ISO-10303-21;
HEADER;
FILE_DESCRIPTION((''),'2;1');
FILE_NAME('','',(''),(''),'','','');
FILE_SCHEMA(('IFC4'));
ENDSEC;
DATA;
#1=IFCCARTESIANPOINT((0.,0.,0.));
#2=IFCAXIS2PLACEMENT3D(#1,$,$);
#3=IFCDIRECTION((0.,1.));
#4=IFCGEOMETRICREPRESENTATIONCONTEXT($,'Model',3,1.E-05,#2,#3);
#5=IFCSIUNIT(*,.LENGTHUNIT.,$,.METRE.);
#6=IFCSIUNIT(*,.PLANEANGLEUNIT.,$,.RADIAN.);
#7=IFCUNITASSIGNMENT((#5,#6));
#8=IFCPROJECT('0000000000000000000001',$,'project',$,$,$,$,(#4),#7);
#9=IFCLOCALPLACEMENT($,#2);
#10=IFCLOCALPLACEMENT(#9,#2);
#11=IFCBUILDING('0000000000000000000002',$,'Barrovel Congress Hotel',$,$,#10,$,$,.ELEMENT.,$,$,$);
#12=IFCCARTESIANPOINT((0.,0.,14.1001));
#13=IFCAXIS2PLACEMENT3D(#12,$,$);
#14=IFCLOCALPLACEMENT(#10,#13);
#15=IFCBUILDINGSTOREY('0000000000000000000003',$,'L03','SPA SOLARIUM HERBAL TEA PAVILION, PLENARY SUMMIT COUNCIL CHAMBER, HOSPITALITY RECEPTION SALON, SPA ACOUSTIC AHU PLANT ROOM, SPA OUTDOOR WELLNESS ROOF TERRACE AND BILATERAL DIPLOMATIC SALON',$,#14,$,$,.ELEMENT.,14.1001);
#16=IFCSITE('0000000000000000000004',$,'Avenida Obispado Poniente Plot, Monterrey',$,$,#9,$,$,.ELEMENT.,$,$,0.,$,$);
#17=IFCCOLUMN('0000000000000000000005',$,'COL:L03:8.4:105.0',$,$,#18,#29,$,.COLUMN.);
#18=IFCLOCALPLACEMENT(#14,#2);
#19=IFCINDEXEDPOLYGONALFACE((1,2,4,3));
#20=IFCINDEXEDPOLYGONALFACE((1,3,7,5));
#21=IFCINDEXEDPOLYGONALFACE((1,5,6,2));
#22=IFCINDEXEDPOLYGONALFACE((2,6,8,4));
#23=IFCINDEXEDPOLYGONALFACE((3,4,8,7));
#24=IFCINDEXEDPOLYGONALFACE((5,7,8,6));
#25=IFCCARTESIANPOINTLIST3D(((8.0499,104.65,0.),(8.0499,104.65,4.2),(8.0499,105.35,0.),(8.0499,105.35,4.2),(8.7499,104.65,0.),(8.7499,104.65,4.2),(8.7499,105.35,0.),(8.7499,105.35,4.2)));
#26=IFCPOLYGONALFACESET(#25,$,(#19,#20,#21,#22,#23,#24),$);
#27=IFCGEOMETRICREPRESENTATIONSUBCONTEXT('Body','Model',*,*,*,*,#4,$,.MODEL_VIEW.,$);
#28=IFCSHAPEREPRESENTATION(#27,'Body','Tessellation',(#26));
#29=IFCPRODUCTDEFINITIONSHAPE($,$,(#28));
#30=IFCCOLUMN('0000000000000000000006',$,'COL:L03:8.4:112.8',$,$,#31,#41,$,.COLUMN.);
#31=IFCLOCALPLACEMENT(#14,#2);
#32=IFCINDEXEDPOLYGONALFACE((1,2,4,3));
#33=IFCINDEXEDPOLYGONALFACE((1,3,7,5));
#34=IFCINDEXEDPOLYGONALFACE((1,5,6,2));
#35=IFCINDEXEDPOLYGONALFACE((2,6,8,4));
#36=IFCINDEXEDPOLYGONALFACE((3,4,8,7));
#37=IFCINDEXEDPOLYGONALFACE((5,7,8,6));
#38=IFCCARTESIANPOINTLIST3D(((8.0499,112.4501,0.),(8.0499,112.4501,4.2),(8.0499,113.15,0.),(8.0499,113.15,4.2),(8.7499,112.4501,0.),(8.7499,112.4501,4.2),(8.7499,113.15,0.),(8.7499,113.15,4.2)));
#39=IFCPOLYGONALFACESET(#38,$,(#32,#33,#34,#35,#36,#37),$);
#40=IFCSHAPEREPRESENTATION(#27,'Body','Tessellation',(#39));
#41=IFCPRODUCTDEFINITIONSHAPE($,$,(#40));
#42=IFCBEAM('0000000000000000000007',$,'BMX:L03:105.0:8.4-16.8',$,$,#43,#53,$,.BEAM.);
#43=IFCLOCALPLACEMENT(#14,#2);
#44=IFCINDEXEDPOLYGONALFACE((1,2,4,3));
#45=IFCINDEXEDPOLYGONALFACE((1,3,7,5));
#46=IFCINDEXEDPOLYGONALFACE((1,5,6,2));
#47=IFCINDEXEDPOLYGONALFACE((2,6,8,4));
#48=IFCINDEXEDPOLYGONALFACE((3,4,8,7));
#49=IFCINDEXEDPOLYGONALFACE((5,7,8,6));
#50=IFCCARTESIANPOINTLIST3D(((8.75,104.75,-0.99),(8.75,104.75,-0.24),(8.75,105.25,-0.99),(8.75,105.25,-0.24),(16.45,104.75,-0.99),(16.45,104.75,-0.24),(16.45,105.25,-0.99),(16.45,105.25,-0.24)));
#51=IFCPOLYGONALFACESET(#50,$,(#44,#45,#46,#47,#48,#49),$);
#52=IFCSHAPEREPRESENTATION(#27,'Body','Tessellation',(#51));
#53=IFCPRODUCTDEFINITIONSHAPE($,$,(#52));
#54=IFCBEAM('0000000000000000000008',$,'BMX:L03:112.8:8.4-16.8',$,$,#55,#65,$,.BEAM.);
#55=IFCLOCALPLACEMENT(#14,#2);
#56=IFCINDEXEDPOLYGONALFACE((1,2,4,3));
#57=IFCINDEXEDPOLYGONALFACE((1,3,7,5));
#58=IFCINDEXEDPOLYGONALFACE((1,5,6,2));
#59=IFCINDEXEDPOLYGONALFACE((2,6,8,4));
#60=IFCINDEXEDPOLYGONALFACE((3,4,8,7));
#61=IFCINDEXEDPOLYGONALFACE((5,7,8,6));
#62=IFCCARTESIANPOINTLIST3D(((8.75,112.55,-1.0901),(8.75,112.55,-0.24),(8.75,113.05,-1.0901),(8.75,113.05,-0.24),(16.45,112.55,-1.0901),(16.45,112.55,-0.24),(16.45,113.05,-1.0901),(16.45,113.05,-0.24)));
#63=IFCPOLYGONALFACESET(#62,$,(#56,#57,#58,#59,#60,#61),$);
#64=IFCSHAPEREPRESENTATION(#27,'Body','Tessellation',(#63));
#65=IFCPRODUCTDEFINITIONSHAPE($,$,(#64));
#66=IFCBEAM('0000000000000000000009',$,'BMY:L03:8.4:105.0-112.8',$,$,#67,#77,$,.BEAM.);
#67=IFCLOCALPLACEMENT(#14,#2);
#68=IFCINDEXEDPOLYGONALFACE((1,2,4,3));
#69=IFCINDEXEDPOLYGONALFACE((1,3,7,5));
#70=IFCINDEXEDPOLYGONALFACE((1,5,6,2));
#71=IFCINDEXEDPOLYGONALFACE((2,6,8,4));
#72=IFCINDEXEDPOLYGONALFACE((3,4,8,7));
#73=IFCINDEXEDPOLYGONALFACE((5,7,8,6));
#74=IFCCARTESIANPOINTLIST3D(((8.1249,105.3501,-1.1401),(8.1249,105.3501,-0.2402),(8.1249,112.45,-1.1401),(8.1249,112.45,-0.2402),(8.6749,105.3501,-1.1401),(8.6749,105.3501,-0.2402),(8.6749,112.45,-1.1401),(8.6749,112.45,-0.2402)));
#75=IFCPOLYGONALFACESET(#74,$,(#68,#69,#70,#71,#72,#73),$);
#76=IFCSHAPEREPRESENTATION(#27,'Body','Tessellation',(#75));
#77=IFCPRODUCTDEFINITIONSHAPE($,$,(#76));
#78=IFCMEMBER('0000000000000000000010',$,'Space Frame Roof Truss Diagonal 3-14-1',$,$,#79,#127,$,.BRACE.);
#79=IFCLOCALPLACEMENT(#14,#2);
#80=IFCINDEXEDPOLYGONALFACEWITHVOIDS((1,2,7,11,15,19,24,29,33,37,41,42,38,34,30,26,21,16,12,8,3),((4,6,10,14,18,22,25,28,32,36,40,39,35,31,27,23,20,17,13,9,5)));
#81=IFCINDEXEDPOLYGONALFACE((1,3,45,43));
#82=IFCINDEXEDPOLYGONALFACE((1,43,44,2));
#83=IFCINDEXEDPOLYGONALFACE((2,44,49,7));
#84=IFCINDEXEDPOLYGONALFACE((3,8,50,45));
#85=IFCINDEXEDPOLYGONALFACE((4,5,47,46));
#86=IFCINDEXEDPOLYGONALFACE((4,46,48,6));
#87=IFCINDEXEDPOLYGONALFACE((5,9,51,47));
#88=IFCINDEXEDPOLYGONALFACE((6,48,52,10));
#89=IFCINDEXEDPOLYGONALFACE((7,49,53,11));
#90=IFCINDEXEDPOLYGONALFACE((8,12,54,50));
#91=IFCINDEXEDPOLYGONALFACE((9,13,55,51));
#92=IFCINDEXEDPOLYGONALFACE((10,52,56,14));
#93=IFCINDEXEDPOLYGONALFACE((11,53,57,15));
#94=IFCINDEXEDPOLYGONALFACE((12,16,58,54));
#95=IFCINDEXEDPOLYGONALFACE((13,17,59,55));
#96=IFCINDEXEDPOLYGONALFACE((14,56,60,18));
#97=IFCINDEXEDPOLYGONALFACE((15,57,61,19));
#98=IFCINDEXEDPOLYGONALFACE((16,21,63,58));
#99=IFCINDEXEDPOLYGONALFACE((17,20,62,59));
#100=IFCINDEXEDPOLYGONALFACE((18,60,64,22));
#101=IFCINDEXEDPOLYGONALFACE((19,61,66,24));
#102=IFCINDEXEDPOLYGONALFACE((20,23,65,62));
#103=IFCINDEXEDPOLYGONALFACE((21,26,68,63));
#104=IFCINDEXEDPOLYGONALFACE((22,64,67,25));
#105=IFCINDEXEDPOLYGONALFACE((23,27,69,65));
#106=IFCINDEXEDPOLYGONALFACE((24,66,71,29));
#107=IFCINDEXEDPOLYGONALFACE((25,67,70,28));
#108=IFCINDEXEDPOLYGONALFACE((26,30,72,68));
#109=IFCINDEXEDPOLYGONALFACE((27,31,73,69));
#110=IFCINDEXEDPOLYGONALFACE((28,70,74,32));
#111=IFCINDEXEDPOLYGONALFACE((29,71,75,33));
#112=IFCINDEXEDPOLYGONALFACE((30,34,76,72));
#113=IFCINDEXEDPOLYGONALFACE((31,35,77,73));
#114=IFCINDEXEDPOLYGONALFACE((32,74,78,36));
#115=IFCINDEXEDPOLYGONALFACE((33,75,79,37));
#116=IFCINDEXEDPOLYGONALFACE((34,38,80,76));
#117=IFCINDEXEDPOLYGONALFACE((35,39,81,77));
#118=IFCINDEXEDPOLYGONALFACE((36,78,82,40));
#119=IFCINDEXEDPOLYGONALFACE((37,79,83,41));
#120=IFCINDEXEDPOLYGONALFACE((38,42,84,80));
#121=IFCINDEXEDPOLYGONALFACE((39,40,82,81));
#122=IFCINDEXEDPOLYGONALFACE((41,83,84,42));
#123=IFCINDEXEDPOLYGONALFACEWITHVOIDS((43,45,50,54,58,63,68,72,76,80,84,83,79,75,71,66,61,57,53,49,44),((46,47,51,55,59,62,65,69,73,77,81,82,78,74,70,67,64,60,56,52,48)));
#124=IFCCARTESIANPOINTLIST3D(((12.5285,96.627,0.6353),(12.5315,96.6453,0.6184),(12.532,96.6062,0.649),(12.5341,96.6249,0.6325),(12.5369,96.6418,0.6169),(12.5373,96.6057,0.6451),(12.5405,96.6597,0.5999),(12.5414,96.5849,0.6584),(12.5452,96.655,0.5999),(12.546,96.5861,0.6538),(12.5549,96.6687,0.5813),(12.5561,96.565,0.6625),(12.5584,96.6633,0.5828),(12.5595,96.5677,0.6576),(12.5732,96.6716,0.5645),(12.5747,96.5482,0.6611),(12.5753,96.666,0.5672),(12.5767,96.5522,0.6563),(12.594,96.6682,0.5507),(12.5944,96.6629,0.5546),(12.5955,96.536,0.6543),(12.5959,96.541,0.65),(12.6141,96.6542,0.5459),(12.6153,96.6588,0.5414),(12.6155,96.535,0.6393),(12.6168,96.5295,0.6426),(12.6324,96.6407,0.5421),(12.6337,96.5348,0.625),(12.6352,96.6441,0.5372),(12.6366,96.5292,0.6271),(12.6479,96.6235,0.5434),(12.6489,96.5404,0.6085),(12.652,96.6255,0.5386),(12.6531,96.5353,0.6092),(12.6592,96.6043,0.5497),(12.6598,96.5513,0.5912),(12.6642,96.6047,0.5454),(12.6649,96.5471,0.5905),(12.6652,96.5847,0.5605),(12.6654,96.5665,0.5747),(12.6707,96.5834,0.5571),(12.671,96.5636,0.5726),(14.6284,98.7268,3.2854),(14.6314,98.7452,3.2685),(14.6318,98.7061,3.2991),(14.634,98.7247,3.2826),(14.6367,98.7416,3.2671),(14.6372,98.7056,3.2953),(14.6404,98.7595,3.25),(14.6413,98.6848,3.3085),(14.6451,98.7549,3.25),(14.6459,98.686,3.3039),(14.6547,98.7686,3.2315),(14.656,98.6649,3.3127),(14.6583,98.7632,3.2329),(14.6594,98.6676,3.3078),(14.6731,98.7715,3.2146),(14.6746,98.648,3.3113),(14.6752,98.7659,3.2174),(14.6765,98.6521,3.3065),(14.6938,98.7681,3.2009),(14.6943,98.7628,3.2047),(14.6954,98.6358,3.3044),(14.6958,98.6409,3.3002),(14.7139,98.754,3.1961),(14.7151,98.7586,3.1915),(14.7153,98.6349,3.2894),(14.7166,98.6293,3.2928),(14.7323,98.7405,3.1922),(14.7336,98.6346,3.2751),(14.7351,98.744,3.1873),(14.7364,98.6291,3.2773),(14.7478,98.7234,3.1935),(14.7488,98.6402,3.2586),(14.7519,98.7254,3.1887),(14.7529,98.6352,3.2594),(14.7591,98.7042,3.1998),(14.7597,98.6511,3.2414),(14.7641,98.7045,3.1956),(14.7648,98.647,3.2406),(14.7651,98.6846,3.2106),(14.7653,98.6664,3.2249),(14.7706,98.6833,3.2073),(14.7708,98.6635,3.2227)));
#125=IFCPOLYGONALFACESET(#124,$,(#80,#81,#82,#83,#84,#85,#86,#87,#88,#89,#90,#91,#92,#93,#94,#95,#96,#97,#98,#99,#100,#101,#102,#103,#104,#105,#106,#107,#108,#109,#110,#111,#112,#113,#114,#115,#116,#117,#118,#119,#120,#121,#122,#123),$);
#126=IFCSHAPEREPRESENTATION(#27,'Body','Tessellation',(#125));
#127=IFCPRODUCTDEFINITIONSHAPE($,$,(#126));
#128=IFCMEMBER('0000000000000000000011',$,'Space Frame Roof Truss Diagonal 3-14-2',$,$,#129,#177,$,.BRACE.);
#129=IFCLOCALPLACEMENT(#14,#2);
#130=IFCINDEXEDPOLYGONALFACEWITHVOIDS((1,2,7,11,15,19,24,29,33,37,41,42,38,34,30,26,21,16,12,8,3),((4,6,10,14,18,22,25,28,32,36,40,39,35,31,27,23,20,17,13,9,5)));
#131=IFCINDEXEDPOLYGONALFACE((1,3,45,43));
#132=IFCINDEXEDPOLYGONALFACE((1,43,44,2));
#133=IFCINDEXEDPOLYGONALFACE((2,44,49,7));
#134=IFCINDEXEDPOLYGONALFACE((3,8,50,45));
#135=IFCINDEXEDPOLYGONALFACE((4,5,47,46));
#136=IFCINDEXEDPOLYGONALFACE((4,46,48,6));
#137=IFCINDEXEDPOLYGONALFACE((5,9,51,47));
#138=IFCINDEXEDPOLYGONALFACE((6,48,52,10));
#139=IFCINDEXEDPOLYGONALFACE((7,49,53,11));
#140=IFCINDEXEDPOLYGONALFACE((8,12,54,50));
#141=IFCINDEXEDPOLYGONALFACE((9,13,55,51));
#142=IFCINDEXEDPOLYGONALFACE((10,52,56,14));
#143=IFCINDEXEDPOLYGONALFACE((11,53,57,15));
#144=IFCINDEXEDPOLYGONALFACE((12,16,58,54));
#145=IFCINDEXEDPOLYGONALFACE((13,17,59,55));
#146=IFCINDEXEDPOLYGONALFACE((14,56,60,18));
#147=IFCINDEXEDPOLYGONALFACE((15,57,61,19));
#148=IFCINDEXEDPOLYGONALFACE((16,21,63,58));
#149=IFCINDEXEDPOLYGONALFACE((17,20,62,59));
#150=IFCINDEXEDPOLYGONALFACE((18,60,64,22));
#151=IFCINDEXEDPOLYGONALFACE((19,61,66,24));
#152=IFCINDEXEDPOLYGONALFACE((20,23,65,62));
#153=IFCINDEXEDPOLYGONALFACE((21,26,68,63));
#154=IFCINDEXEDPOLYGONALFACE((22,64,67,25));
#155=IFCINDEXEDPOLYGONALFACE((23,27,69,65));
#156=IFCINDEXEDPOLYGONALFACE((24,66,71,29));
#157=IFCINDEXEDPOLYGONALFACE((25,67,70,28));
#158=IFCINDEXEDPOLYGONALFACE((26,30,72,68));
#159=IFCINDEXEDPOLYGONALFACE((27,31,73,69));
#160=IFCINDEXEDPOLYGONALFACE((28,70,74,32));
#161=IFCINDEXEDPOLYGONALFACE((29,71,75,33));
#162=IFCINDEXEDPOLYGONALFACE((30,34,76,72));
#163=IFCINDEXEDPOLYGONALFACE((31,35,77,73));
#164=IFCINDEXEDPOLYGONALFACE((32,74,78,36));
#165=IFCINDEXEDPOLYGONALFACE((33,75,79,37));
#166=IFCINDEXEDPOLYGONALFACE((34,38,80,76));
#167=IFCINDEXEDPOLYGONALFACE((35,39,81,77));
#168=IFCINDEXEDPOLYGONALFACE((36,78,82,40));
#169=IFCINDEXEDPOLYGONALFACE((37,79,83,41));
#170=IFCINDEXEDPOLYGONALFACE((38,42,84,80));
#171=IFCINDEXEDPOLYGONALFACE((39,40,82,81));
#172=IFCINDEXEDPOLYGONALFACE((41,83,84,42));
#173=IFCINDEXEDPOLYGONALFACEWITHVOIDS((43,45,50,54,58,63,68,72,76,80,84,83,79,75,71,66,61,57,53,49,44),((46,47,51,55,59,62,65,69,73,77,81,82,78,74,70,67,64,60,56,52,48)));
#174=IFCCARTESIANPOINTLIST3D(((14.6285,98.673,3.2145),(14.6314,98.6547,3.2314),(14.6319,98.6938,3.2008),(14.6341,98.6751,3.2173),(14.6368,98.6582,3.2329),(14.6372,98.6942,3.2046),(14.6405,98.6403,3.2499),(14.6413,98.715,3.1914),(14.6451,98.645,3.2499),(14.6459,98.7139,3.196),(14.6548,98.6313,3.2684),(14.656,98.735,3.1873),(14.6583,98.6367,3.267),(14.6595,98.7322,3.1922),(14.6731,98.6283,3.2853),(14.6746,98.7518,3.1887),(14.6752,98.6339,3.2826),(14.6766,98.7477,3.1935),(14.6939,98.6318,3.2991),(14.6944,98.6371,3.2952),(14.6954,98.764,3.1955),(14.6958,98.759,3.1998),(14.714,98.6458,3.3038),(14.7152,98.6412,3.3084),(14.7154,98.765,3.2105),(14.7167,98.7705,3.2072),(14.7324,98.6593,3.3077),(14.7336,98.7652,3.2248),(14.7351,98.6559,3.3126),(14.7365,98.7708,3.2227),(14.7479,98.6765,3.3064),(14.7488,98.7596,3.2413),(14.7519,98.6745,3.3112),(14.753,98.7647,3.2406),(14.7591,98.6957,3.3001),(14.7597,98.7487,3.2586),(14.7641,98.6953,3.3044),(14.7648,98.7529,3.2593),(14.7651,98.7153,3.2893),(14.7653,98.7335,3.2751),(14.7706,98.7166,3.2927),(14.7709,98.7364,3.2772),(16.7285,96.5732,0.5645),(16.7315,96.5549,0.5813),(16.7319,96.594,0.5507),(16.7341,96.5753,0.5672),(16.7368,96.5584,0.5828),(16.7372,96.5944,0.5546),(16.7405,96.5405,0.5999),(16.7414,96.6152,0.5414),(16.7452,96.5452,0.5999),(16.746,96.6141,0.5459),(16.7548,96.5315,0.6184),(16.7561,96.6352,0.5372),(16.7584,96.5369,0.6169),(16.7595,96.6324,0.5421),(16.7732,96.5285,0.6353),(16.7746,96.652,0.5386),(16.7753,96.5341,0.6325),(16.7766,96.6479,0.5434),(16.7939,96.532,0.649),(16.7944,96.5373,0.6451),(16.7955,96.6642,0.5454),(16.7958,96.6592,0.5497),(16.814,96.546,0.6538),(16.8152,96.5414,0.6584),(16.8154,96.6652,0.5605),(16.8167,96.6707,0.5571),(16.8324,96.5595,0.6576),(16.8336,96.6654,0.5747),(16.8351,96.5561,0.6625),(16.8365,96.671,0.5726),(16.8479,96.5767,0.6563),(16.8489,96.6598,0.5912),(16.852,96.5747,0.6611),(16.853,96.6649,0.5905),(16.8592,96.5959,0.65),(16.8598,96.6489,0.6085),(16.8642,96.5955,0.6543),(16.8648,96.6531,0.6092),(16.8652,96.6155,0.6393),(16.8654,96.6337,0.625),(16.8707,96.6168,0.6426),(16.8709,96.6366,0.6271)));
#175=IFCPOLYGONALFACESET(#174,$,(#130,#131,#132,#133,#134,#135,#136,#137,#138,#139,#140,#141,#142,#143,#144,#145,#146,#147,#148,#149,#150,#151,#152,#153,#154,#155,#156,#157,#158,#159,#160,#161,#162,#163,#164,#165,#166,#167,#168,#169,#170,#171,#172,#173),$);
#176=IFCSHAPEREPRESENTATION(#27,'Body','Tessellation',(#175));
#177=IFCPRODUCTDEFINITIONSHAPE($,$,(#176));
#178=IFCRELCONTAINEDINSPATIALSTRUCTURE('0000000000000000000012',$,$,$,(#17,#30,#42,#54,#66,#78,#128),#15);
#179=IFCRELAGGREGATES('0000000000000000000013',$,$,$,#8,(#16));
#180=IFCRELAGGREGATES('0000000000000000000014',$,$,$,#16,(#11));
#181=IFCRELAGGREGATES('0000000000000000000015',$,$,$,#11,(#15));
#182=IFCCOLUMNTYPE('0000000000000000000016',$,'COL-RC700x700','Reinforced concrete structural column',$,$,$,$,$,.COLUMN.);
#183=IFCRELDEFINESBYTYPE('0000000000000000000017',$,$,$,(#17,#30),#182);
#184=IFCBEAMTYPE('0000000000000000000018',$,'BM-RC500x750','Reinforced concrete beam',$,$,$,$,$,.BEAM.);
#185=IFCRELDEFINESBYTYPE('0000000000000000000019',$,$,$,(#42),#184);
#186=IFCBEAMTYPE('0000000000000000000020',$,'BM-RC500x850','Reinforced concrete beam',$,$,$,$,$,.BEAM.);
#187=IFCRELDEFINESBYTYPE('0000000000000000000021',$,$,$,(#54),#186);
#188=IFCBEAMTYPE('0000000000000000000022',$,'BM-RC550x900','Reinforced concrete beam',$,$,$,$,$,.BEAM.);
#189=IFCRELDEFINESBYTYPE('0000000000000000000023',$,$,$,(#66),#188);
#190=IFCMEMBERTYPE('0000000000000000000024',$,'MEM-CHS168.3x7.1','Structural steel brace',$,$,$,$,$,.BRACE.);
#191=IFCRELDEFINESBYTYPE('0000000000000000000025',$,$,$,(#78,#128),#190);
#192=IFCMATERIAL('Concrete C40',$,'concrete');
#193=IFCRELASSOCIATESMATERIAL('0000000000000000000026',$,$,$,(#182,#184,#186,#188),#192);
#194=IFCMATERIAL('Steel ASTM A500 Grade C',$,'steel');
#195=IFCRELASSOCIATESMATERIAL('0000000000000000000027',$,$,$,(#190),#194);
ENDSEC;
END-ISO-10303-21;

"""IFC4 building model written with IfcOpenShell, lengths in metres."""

from ifc_helpers import new_model, si_unit, direction, frame, origin, origin_2d, place, context, subcontext, project, spatial, rectangle, hollow_circle, extrude, material, material_profile, profile_set, type_object, element, save


model = new_model("IFC4")

# Units and contexts
model_context = context("Model", 3, precision=1e-05, world=origin(), true_north=direction((0.0, 1.0)))
body_context = subcontext(model_context, "Body", "Model", "MODEL_VIEW")
ifc_project = project(units=[si_unit("LENGTHUNIT", "METRE"), si_unit("PLANEANGLEUNIT", "RADIAN")], contexts=[model_context])

# Site, building, storey
site_placement = place(None, origin())
site = spatial("IfcSite", under=ifc_project, at=site_placement, Name="Avenida Obispado Poniente Plot, Monterrey", CompositionType="ELEMENT", RefElevation=0.0)
building_placement = place(site_placement, origin())
building = spatial("IfcBuilding", under=site, at=building_placement, Name="Barrovel Congress Hotel", CompositionType="ELEMENT")
storey_placement = place(building_placement, frame((0.0, 0.0, 14.1001)))
storey = spatial("IfcBuildingStorey", under=building, at=storey_placement, Name="L03", Description="SPA SOLARIUM HERBAL TEA PAVILION, PLENARY SUMMIT COUNCIL CHAMBER, HOSPITALITY RECEPTION SALON, SPA ACOUSTIC AHU PLANT ROOM, SPA OUTDOOR WELLNESS ROOF TERRACE AND BILATERAL DIPLOMATIC SALON", CompositionType="ELEMENT", Elevation=14.1001)

# Columns
ifc_material_1 = material(Name="Concrete C40", Category="concrete")
ifc_material_profile_1 = material_profile(ifc_material_1, rectangle(XDim=0.7, YDim=0.7, at=origin_2d()), Name="RC700x700")
ifc_profile_set_1 = profile_set([ifc_material_profile_1], Name="Concrete C40")
column_type = type_object("IfcColumnType", Name="COL-RC700x700", Description="Reinforced concrete structural column", PredefinedType="COLUMN", material=ifc_profile_set_1)
for number, where, z_axis, x_axis, name in (
    (1, (8.3999, 105.0, 0.0), (0.0, 0.0, 1.0), (1.0, 0.0, 0.0), "COL:L03:8.4:105.0"),
    (2, (8.3999, 112.8, 0.0), (0.0, 0.0, 1.0), (1.0, 0.0, 0.0), "COL:L03:8.4:112.8"),
):
    element("IfcColumn", number, at=place(storey_placement, frame(where, z_axis=z_axis, x_axis=x_axis)), inside=storey, type_object=column_type, Name=name, PredefinedType="COLUMN", context=body_context, shape_type="SweptSolid", body=[
        extrude(rectangle(XDim=0.7, YDim=0.7, at=origin_2d()), origin(), (0.0, 0.0, 1.0), 4.2),
    ])

# Beams
ifc_material_profile_2 = material_profile(ifc_material_1, rectangle(XDim=0.5, YDim=0.75, at=origin_2d()), Name="RC500x750")
ifc_profile_set_2 = profile_set([ifc_material_profile_2], Name="Concrete C40")
beam_type_1 = type_object("IfcBeamType", Name="BM-RC500x750", Description="Reinforced concrete beam", PredefinedType="BEAM", material=ifc_profile_set_2)
beam_1_placement = place(storey_placement, frame((8.75, 105.0, -0.615), z_axis=(1.0, 0.0, 0.0), x_axis=(0.0, 1.0, 0.0)))
element("IfcBeam", 3, at=beam_1_placement, inside=storey, type_object=beam_type_1, Name="BMX:L03:105.0:8.4-16.8", PredefinedType="BEAM", context=body_context, shape_type="SweptSolid", body=[
    extrude(rectangle(XDim=0.5, YDim=0.75, at=origin_2d()), origin(), (0.0, 0.0, 1.0), 7.7),
])
ifc_material_profile_3 = material_profile(ifc_material_1, rectangle(XDim=0.5, YDim=0.8501, at=origin_2d()), Name="RC500x850")
ifc_profile_set_3 = profile_set([ifc_material_profile_3], Name="Concrete C40")
beam_type_2 = type_object("IfcBeamType", Name="BM-RC500x850", Description="Reinforced concrete beam", PredefinedType="BEAM", material=ifc_profile_set_3)
beam_2_placement = place(storey_placement, frame((8.75, 112.8, -0.665), z_axis=(1.0, 0.0, 0.0), x_axis=(0.0, 1.0, 0.0)))
element("IfcBeam", 4, at=beam_2_placement, inside=storey, type_object=beam_type_2, Name="BMX:L03:112.8:8.4-16.8", PredefinedType="BEAM", context=body_context, shape_type="SweptSolid", body=[
    extrude(rectangle(XDim=0.5, YDim=0.8501, at=origin_2d()), origin(), (0.0, 0.0, 1.0), 7.7),
])
ifc_material_profile_4 = material_profile(ifc_material_1, rectangle(XDim=0.55, YDim=0.8999, at=origin_2d()), Name="RC550x900")
ifc_profile_set_4 = profile_set([ifc_material_profile_4], Name="Concrete C40")
beam_type_3 = type_object("IfcBeamType", Name="BM-RC550x900", Description="Reinforced concrete beam", PredefinedType="BEAM", material=ifc_profile_set_4)
beam_3_placement = place(storey_placement, frame((8.3999, 105.3501, -0.6902), z_axis=(0.0, 1.0, 0.0), x_axis=(-1.0, 0.0, 0.0)))
element("IfcBeam", 5, at=beam_3_placement, inside=storey, type_object=beam_type_3, Name="BMY:L03:8.4:105.0-112.8", PredefinedType="BEAM", context=body_context, shape_type="SweptSolid", body=[
    extrude(rectangle(XDim=0.55, YDim=0.8999, at=origin_2d()), origin(), (0.0, 0.0, 1.0), 7.0999),
])

# Members
ifc_material_2 = material(Name="Steel ASTM A500 Grade C", Category="steel")
ifc_material_profile_5 = material_profile(ifc_material_2, hollow_circle(Radius=0.0842, WallThickness=0.0066, at=origin_2d()), Name="CHS168.3x7.1")
ifc_profile_set_5 = profile_set([ifc_material_profile_5], Name="Steel ASTM A500 Grade C")
member_type_1 = type_object("IfcMemberType", Name="MEM-CHS168.3x7.1", Description="Structural steel brace", PredefinedType="BRACE", material=ifc_profile_set_5)
for number, where, z_axis, x_axis, name in (
    (6, (12.6001, 96.6001, 0.5999), (0.527574, 0.527574, 0.665831), (-0.707107, 0.707107, 0.0), "Space Frame Roof Truss Diagonal 3-14-1"),
    (7, (16.8, 96.6001, 0.5999), (-0.527618, 0.527557, 0.66581), (-0.707066, -0.707148, 0.0), "Space Frame Roof Truss Diagonal 3-14-2"),
):
    element("IfcMember", number, at=place(storey_placement, frame(where, z_axis=z_axis, x_axis=x_axis)), inside=storey, type_object=member_type_1, Name=name, PredefinedType="BRACE", context=body_context, shape_type="SweptSolid", body=[
        extrude(hollow_circle(Radius=0.0842, WallThickness=0.0066, at=origin_2d()), origin(), (0.0, 0.0, 1.0), 3.9802),
    ])

save(model, "model.ifc")
